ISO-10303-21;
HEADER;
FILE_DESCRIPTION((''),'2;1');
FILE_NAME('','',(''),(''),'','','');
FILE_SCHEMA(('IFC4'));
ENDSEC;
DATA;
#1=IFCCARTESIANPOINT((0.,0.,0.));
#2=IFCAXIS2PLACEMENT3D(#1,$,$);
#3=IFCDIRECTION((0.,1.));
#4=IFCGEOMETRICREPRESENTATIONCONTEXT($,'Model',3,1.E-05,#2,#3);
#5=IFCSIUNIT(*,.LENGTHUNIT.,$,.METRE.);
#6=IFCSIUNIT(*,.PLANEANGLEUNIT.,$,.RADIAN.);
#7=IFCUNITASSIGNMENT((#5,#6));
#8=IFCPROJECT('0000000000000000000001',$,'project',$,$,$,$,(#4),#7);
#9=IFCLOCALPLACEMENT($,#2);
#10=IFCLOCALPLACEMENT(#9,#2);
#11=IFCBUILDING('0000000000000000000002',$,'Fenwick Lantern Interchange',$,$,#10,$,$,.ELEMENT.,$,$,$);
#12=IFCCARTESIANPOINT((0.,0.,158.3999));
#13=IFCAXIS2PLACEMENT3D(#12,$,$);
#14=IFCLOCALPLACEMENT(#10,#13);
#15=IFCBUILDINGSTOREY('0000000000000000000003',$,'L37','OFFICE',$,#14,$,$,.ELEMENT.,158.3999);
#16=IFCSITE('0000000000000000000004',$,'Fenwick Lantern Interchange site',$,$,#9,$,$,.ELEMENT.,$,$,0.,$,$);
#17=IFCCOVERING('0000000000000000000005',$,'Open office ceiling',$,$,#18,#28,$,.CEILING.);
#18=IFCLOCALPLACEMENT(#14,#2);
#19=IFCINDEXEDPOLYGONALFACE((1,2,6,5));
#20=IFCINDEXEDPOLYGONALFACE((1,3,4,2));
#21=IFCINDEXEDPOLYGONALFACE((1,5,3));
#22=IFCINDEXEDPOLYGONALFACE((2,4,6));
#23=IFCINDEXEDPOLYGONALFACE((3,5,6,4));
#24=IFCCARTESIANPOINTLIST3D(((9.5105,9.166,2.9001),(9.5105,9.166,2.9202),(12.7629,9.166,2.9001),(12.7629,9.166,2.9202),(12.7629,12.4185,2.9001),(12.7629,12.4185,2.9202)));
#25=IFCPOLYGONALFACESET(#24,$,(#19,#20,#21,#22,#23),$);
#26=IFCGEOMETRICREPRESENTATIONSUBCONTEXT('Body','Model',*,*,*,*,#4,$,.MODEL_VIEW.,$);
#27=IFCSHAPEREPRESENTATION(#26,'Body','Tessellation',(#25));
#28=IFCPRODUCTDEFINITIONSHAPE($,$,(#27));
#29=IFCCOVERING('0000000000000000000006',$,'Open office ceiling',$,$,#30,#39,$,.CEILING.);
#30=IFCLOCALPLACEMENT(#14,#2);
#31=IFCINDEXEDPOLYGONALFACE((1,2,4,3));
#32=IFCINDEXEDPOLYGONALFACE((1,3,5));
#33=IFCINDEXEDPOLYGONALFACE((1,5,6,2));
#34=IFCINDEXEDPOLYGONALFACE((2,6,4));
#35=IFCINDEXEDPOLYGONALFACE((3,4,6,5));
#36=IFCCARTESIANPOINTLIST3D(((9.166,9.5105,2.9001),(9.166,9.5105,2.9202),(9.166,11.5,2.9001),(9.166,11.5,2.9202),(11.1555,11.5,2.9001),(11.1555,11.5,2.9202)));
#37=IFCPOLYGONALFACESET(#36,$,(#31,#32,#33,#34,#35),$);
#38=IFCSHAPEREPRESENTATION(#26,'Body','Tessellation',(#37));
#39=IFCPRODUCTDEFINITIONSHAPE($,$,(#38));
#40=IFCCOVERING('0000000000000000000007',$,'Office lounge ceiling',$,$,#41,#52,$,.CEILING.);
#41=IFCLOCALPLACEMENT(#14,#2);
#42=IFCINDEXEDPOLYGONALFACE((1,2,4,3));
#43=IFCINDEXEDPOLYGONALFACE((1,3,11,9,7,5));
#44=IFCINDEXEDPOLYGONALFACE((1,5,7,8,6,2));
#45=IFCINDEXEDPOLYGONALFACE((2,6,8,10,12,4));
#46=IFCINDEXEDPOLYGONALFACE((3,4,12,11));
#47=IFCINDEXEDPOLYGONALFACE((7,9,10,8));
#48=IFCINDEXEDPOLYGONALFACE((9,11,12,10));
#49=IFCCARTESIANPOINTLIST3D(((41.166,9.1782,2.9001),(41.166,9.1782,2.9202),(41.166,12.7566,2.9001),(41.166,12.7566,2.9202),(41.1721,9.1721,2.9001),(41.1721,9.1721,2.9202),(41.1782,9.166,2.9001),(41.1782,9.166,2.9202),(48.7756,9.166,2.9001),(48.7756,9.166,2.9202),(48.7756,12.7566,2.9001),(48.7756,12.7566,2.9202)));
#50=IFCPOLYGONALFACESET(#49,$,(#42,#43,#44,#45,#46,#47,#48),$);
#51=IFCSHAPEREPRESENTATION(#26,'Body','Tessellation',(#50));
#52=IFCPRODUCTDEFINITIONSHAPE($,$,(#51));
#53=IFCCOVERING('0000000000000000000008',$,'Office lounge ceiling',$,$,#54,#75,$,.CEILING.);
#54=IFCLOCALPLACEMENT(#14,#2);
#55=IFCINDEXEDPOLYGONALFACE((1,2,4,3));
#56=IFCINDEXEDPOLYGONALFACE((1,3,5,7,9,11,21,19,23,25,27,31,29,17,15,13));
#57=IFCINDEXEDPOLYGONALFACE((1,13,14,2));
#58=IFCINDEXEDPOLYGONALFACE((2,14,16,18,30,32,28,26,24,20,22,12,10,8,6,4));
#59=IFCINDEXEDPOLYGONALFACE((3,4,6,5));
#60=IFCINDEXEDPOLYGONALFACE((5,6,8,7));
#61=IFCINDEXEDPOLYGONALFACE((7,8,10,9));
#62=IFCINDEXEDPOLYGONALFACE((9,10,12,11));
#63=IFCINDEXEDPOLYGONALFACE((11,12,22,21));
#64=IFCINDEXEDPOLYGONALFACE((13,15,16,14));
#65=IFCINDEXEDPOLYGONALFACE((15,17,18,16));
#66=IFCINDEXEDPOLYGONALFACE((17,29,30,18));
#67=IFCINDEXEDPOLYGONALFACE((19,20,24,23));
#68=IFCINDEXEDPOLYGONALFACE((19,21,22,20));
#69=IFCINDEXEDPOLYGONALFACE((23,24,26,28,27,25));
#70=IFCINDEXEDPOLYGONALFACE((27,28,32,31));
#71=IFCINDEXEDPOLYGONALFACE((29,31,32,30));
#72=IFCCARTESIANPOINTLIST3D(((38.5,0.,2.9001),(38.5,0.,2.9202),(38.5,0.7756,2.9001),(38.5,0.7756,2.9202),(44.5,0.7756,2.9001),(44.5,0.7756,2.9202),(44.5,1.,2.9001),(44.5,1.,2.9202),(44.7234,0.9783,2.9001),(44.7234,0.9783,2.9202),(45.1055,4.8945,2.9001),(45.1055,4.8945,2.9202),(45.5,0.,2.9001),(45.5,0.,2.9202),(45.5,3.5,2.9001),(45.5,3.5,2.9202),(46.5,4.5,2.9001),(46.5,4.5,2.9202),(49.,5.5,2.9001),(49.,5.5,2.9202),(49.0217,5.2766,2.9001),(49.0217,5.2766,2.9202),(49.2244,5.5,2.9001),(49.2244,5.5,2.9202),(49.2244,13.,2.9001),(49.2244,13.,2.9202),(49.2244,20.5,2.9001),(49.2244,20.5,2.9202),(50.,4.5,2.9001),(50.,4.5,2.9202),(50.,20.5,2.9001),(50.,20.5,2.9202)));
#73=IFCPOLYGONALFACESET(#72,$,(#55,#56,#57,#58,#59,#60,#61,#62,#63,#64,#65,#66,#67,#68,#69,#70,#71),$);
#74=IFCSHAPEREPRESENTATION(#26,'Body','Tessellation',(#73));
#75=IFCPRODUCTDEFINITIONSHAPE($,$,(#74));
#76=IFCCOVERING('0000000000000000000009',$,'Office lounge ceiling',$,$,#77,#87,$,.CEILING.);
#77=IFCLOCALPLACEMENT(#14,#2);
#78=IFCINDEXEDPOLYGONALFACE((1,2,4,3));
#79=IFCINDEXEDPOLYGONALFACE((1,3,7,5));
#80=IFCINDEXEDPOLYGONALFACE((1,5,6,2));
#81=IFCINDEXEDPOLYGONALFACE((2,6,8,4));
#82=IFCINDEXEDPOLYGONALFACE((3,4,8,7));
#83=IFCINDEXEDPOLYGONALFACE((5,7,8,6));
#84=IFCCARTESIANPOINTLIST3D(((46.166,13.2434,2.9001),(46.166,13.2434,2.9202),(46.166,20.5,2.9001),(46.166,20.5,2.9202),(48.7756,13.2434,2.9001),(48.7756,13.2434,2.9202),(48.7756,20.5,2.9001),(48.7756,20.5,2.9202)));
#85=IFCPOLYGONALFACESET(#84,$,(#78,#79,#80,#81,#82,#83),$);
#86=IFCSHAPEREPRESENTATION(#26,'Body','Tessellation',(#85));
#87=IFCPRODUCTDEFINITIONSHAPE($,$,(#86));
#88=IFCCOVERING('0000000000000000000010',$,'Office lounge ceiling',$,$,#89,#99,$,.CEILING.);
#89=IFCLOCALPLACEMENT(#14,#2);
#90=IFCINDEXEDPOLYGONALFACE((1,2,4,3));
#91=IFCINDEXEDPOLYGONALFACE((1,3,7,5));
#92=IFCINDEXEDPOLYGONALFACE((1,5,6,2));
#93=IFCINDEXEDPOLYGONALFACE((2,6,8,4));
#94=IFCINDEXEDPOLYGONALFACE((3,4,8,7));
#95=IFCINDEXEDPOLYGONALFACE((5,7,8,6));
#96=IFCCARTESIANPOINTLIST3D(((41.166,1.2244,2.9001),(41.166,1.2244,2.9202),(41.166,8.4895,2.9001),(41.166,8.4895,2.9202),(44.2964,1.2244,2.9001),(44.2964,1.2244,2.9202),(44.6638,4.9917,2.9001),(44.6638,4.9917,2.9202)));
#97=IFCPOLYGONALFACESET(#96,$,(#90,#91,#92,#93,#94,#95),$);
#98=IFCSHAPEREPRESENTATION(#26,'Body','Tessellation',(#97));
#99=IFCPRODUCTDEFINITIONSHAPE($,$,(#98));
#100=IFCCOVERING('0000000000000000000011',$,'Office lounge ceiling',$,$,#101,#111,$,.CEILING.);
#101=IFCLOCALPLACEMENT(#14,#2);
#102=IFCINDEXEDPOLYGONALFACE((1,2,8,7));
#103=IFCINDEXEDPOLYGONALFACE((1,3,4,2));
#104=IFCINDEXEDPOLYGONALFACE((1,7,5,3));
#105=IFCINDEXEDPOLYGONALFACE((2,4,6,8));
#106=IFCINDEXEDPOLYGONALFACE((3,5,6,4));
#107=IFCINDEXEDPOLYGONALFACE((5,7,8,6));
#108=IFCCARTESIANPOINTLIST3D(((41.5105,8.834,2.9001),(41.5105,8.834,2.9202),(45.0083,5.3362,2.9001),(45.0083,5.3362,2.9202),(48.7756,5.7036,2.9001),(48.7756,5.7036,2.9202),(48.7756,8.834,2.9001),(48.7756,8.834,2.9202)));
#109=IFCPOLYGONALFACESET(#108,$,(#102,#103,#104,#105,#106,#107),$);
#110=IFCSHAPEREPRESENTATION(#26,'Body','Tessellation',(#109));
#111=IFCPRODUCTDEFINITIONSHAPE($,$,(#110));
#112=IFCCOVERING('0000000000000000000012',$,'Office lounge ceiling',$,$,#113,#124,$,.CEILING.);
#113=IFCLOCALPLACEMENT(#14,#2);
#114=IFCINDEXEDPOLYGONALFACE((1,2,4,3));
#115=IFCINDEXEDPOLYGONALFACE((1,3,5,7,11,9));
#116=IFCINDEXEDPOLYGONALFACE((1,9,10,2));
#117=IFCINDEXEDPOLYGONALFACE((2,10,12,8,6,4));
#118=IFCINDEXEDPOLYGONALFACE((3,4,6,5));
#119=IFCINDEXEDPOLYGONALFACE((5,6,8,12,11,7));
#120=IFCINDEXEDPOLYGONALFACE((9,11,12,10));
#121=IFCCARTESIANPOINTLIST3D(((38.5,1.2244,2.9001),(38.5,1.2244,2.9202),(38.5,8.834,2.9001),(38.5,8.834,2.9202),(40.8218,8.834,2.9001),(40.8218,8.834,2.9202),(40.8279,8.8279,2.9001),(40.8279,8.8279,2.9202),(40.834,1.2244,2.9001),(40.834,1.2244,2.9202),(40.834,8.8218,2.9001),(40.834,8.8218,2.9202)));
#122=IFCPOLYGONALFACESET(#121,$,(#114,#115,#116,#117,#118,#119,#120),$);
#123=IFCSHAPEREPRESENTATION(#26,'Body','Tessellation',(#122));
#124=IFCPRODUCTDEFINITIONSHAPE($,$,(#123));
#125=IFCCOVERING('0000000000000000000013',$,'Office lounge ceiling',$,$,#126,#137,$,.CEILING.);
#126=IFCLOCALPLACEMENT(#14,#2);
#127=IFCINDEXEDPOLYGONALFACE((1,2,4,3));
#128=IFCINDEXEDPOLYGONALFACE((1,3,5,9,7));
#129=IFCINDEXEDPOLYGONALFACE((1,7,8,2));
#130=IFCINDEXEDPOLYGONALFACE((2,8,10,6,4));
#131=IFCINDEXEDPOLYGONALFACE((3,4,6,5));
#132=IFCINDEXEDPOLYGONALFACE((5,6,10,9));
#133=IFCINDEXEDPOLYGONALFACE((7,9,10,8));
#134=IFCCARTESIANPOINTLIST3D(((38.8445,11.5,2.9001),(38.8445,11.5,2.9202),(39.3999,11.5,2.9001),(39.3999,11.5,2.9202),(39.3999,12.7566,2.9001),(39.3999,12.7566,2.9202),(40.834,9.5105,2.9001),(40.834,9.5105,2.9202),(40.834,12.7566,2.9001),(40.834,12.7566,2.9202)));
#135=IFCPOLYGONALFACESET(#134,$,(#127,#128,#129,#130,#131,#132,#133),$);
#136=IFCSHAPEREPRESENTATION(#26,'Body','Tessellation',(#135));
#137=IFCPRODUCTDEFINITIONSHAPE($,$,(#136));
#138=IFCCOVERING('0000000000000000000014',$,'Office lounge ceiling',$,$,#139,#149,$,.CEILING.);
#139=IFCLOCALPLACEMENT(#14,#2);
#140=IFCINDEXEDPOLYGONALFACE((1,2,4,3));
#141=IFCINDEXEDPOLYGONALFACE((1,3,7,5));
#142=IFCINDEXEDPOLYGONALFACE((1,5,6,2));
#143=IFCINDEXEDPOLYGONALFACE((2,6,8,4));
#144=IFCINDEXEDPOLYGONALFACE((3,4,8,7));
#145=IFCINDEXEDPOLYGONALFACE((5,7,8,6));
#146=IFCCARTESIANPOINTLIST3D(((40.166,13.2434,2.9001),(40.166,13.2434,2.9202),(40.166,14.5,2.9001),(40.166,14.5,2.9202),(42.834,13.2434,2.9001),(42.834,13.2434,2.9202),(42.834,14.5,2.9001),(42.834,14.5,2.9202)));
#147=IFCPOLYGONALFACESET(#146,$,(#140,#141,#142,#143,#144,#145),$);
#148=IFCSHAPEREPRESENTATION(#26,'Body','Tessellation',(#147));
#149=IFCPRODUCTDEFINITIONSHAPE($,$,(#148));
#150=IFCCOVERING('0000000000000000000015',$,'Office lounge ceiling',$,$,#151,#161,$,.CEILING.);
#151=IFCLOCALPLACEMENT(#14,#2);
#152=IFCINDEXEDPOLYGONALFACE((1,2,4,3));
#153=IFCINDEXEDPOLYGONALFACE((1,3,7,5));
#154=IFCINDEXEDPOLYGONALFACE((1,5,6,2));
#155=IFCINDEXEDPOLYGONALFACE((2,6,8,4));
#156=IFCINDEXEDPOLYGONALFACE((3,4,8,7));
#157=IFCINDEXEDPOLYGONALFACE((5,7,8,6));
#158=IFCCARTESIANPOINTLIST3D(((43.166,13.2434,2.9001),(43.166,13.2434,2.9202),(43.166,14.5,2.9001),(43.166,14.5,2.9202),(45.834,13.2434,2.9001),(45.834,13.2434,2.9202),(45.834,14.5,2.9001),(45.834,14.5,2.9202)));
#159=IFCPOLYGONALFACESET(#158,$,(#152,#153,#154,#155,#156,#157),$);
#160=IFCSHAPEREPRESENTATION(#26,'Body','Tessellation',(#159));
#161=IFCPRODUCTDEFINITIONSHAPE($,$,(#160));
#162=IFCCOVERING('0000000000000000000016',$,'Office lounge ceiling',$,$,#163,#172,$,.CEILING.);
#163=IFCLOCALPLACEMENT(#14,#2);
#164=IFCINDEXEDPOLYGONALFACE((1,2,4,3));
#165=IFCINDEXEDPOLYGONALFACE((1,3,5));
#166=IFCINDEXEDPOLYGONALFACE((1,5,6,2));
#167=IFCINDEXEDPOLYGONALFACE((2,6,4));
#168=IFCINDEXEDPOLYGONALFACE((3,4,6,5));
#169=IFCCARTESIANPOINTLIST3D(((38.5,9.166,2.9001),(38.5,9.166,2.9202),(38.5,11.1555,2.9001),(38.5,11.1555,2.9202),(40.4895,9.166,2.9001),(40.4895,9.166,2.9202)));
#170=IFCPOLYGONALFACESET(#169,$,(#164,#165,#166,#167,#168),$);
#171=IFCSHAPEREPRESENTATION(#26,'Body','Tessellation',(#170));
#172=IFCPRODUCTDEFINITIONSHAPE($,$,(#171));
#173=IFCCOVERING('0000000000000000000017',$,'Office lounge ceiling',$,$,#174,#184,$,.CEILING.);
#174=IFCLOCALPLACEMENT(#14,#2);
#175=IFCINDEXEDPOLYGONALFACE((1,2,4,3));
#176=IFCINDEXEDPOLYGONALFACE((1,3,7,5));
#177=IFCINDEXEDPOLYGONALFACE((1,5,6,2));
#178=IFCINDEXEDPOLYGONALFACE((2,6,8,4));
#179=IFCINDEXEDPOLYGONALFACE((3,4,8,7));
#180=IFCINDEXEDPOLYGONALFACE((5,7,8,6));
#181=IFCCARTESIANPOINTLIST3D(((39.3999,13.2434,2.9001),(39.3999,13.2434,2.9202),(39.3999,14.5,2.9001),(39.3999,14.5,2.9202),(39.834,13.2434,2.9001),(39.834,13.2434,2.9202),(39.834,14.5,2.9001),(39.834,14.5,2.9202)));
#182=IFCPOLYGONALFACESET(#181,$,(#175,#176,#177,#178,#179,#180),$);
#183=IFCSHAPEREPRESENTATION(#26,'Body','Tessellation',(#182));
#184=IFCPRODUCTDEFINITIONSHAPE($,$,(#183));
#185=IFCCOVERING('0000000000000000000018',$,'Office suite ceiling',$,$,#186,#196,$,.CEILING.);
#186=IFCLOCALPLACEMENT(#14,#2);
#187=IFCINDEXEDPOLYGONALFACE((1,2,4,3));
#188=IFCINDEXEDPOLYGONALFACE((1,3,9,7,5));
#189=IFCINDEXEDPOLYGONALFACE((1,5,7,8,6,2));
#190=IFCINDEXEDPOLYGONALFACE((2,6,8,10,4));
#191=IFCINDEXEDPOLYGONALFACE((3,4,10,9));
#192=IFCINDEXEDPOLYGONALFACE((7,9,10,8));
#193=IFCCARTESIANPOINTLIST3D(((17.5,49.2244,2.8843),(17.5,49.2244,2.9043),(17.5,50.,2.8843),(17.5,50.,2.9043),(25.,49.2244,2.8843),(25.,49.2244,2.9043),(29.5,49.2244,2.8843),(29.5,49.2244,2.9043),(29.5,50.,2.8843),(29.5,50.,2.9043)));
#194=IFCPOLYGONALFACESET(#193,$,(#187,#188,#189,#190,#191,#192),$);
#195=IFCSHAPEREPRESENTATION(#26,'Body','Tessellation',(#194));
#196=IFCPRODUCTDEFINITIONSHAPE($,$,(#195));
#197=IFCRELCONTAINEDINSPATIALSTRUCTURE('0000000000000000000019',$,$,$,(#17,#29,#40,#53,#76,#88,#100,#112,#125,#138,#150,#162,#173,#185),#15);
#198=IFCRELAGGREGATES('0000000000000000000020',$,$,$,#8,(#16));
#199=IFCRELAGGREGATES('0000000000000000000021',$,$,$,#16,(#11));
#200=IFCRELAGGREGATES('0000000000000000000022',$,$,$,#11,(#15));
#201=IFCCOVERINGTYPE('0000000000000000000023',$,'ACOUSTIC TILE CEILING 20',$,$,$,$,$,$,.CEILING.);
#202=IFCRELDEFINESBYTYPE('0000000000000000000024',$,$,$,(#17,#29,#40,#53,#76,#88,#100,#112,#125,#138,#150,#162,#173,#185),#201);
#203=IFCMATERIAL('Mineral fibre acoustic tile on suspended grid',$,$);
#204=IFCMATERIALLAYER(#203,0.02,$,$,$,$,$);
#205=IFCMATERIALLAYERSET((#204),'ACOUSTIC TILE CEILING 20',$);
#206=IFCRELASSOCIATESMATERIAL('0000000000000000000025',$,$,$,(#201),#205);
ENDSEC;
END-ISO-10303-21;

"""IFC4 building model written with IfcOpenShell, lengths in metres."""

from ifc_helpers import new_model, si_unit, direction, frame, origin, place, context, subcontext, project, spatial, polyline, outline, extrude, material, layer, layer_set, type_object, element, save


model = new_model("IFC4")

# Units and contexts
model_context = context("Model", 3, precision=1e-05, world=origin(), true_north=direction((0.0, 1.0)))
body_context = subcontext(model_context, "Body", "Model", "MODEL_VIEW")
ifc_project = project(units=[si_unit("LENGTHUNIT", "METRE"), si_unit("PLANEANGLEUNIT", "RADIAN")], contexts=[model_context])

# Site, building, storey
site_placement = place(None, origin())
site = spatial("IfcSite", under=ifc_project, at=site_placement, Name="Fenwick Lantern Interchange site", CompositionType="ELEMENT", RefElevation=0.0)
building_placement = place(site_placement, origin())
building = spatial("IfcBuilding", under=site, at=building_placement, Name="Fenwick Lantern Interchange", CompositionType="ELEMENT")
storey_placement = place(building_placement, frame((0.0, 0.0, 158.3999)))
storey = spatial("IfcBuildingStorey", under=building, at=storey_placement, Name="L37", Description="OFFICE", CompositionType="ELEMENT", Elevation=158.3999)

# Coverings
ifc_material = material(Name="Mineral fibre acoustic tile on suspended grid")
ifc_layer = layer(ifc_material, 0.02)
ifc_layer_set = layer_set([ifc_layer], Name="ACOUSTIC TILE CEILING 20")
covering_type = type_object("IfcCoveringType", Name="ACOUSTIC TILE CEILING 20", PredefinedType="CEILING", material=ifc_layer_set)
covering_1_placement = place(storey_placement, frame((0.0, 0.0, 2.9001)))
element("IfcCovering", 1, at=covering_1_placement, inside=storey, type_object=covering_type, Name="Open office ceiling", PredefinedType="CEILING", context=body_context, shape_type="SweptSolid", body=[
    extrude(outline(polyline([(12.7629, 12.4185), (9.5105, 9.166), (12.7629, 9.166), (12.7629, 12.4185)])), origin(), (0.0, 0.0, 1.0), 0.02),
])
covering_2_placement = place(storey_placement, frame((0.0, 0.0, 2.9001)))
element("IfcCovering", 2, at=covering_2_placement, inside=storey, type_object=covering_type, Name="Open office ceiling", PredefinedType="CEILING", context=body_context, shape_type="SweptSolid", body=[
    extrude(outline(polyline([(11.1555, 11.5), (9.166, 11.5), (9.166, 9.5105), (11.1555, 11.5)])), origin(), (0.0, 0.0, 1.0), 0.02),
])
covering_3_placement = place(storey_placement, frame((0.0, 0.0, 2.9001)))
element("IfcCovering", 3, at=covering_3_placement, inside=storey, type_object=covering_type, Name="Office lounge ceiling", PredefinedType="CEILING", context=body_context, shape_type="SweptSolid", body=[
    extrude(outline(polyline([(48.7756, 12.7566), (41.166, 12.7566), (41.166, 9.1782), (41.1721, 9.1721), (41.1782, 9.166), (48.7756, 9.166), (48.7756, 12.7566)])), origin(), (0.0, 0.0, 1.0), 0.02),
])
covering_4_placement = place(storey_placement, frame((0.0, 0.0, 2.9001)))
element("IfcCovering", 4, at=covering_4_placement, inside=storey, type_object=covering_type, Name="Office lounge ceiling", PredefinedType="CEILING", context=body_context, shape_type="SweptSolid", body=[
    extrude(outline(polyline([(50.0, 20.5), (49.2244, 20.5), (49.2244, 13.0), (49.2244, 5.5), (49.0, 5.5), (49.0217, 5.2766), (45.1055, 4.8945), (44.7234, 0.9783), (44.5, 1.0), (44.5, 0.7756), (38.5, 0.7756), (38.5, 0.0), (45.5, 0.0), (45.5, 3.5), (46.5, 4.5), (50.0, 4.5), (50.0, 20.5)])), origin(), (0.0, 0.0, 1.0), 0.02),
])
covering_5_placement = place(storey_placement, frame((0.0, 0.0, 2.9001)))
element("IfcCovering", 5, at=covering_5_placement, inside=storey, type_object=covering_type, Name="Office lounge ceiling", PredefinedType="CEILING", context=body_context, shape_type="SweptSolid", body=[
    extrude(outline(polyline([(48.7756, 20.5), (46.166, 20.5), (46.166, 13.2434), (48.7756, 13.2434), (48.7756, 20.5)])), origin(), (0.0, 0.0, 1.0), 0.02),
])
covering_6_placement = place(storey_placement, frame((0.0, 0.0, 2.9001)))
element("IfcCovering", 6, at=covering_6_placement, inside=storey, type_object=covering_type, Name="Office lounge ceiling", PredefinedType="CEILING", context=body_context, shape_type="SweptSolid", body=[
    extrude(outline(polyline([(44.6638, 4.9917), (41.166, 8.4895), (41.166, 1.2244), (44.2964, 1.2244), (44.6638, 4.9917)])), origin(), (0.0, 0.0, 1.0), 0.02),
])
covering_7_placement = place(storey_placement, frame((0.0, 0.0, 2.9001)))
element("IfcCovering", 7, at=covering_7_placement, inside=storey, type_object=covering_type, Name="Office lounge ceiling", PredefinedType="CEILING", context=body_context, shape_type="SweptSolid", body=[
    extrude(outline(polyline([(41.5105, 8.834), (45.0083, 5.3362), (48.7756, 5.7036), (48.7756, 8.834), (41.5105, 8.834)])), origin(), (0.0, 0.0, 1.0), 0.02),
])
covering_8_placement = place(storey_placement, frame((0.0, 0.0, 2.9001)))
element("IfcCovering", 8, at=covering_8_placement, inside=storey, type_object=covering_type, Name="Office lounge ceiling", PredefinedType="CEILING", context=body_context, shape_type="SweptSolid", body=[
    extrude(outline(polyline([(38.5, 8.834), (38.5, 1.2244), (40.834, 1.2244), (40.834, 8.8218), (40.8279, 8.8279), (40.8218, 8.834), (38.5, 8.834)])), origin(), (0.0, 0.0, 1.0), 0.02),
])
covering_9_placement = place(storey_placement, frame((0.0, 0.0, 2.9001)))
element("IfcCovering", 9, at=covering_9_placement, inside=storey, type_object=covering_type, Name="Office lounge ceiling", PredefinedType="CEILING", context=body_context, shape_type="SweptSolid", body=[
    extrude(outline(polyline([(39.3999, 11.5), (38.8445, 11.5), (40.834, 9.5105), (40.834, 12.7566), (39.3999, 12.7566), (39.3999, 11.5)])), origin(), (0.0, 0.0, 1.0), 0.02),
])
covering_10_placement = place(storey_placement, frame((0.0, 0.0, 2.9001)))
element("IfcCovering", 10, at=covering_10_placement, inside=storey, type_object=covering_type, Name="Office lounge ceiling", PredefinedType="CEILING", context=body_context, shape_type="SweptSolid", body=[
    extrude(outline(polyline([(42.834, 14.5), (40.166, 14.5), (40.166, 13.2434), (42.834, 13.2434), (42.834, 14.5)])), origin(), (0.0, 0.0, 1.0), 0.02),
])
covering_11_placement = place(storey_placement, frame((0.0, 0.0, 2.9001)))
element("IfcCovering", 11, at=covering_11_placement, inside=storey, type_object=covering_type, Name="Office lounge ceiling", PredefinedType="CEILING", context=body_context, shape_type="SweptSolid", body=[
    extrude(outline(polyline([(45.834, 14.5), (43.166, 14.5), (43.166, 13.2434), (45.834, 13.2434), (45.834, 14.5)])), origin(), (0.0, 0.0, 1.0), 0.02),
])
covering_12_placement = place(storey_placement, frame((0.0, 0.0, 2.9001)))
element("IfcCovering", 12, at=covering_12_placement, inside=storey, type_object=covering_type, Name="Office lounge ceiling", PredefinedType="CEILING", context=body_context, shape_type="SweptSolid", body=[
    extrude(outline(polyline([(38.5, 11.1555), (38.5, 9.166), (40.4895, 9.166), (38.5, 11.1555)])), origin(), (0.0, 0.0, 1.0), 0.02),
])
covering_13_placement = place(storey_placement, frame((0.0, 0.0, 2.9001)))
element("IfcCovering", 13, at=covering_13_placement, inside=storey, type_object=covering_type, Name="Office lounge ceiling", PredefinedType="CEILING", context=body_context, shape_type="SweptSolid", body=[
    extrude(outline(polyline([(39.3999, 14.5), (39.3999, 13.2434), (39.834, 13.2434), (39.834, 14.5), (39.3999, 14.5)])), origin(), (0.0, 0.0, 1.0), 0.02),
])
covering_14_placement = place(storey_placement, frame((0.0, 0.0, 2.8843)))
element("IfcCovering", 14, at=covering_14_placement, inside=storey, type_object=covering_type, Name="Office suite ceiling", PredefinedType="CEILING", context=body_context, shape_type="SweptSolid", body=[
    extrude(outline(polyline([(29.5, 50.0), (17.5, 50.0), (17.5, 49.2244), (25.0, 49.2244), (29.5, 49.2244), (29.5, 50.0)])), origin(), (0.0, 0.0, 1.0), 0.02),
])

save(model, "model.ifc")
